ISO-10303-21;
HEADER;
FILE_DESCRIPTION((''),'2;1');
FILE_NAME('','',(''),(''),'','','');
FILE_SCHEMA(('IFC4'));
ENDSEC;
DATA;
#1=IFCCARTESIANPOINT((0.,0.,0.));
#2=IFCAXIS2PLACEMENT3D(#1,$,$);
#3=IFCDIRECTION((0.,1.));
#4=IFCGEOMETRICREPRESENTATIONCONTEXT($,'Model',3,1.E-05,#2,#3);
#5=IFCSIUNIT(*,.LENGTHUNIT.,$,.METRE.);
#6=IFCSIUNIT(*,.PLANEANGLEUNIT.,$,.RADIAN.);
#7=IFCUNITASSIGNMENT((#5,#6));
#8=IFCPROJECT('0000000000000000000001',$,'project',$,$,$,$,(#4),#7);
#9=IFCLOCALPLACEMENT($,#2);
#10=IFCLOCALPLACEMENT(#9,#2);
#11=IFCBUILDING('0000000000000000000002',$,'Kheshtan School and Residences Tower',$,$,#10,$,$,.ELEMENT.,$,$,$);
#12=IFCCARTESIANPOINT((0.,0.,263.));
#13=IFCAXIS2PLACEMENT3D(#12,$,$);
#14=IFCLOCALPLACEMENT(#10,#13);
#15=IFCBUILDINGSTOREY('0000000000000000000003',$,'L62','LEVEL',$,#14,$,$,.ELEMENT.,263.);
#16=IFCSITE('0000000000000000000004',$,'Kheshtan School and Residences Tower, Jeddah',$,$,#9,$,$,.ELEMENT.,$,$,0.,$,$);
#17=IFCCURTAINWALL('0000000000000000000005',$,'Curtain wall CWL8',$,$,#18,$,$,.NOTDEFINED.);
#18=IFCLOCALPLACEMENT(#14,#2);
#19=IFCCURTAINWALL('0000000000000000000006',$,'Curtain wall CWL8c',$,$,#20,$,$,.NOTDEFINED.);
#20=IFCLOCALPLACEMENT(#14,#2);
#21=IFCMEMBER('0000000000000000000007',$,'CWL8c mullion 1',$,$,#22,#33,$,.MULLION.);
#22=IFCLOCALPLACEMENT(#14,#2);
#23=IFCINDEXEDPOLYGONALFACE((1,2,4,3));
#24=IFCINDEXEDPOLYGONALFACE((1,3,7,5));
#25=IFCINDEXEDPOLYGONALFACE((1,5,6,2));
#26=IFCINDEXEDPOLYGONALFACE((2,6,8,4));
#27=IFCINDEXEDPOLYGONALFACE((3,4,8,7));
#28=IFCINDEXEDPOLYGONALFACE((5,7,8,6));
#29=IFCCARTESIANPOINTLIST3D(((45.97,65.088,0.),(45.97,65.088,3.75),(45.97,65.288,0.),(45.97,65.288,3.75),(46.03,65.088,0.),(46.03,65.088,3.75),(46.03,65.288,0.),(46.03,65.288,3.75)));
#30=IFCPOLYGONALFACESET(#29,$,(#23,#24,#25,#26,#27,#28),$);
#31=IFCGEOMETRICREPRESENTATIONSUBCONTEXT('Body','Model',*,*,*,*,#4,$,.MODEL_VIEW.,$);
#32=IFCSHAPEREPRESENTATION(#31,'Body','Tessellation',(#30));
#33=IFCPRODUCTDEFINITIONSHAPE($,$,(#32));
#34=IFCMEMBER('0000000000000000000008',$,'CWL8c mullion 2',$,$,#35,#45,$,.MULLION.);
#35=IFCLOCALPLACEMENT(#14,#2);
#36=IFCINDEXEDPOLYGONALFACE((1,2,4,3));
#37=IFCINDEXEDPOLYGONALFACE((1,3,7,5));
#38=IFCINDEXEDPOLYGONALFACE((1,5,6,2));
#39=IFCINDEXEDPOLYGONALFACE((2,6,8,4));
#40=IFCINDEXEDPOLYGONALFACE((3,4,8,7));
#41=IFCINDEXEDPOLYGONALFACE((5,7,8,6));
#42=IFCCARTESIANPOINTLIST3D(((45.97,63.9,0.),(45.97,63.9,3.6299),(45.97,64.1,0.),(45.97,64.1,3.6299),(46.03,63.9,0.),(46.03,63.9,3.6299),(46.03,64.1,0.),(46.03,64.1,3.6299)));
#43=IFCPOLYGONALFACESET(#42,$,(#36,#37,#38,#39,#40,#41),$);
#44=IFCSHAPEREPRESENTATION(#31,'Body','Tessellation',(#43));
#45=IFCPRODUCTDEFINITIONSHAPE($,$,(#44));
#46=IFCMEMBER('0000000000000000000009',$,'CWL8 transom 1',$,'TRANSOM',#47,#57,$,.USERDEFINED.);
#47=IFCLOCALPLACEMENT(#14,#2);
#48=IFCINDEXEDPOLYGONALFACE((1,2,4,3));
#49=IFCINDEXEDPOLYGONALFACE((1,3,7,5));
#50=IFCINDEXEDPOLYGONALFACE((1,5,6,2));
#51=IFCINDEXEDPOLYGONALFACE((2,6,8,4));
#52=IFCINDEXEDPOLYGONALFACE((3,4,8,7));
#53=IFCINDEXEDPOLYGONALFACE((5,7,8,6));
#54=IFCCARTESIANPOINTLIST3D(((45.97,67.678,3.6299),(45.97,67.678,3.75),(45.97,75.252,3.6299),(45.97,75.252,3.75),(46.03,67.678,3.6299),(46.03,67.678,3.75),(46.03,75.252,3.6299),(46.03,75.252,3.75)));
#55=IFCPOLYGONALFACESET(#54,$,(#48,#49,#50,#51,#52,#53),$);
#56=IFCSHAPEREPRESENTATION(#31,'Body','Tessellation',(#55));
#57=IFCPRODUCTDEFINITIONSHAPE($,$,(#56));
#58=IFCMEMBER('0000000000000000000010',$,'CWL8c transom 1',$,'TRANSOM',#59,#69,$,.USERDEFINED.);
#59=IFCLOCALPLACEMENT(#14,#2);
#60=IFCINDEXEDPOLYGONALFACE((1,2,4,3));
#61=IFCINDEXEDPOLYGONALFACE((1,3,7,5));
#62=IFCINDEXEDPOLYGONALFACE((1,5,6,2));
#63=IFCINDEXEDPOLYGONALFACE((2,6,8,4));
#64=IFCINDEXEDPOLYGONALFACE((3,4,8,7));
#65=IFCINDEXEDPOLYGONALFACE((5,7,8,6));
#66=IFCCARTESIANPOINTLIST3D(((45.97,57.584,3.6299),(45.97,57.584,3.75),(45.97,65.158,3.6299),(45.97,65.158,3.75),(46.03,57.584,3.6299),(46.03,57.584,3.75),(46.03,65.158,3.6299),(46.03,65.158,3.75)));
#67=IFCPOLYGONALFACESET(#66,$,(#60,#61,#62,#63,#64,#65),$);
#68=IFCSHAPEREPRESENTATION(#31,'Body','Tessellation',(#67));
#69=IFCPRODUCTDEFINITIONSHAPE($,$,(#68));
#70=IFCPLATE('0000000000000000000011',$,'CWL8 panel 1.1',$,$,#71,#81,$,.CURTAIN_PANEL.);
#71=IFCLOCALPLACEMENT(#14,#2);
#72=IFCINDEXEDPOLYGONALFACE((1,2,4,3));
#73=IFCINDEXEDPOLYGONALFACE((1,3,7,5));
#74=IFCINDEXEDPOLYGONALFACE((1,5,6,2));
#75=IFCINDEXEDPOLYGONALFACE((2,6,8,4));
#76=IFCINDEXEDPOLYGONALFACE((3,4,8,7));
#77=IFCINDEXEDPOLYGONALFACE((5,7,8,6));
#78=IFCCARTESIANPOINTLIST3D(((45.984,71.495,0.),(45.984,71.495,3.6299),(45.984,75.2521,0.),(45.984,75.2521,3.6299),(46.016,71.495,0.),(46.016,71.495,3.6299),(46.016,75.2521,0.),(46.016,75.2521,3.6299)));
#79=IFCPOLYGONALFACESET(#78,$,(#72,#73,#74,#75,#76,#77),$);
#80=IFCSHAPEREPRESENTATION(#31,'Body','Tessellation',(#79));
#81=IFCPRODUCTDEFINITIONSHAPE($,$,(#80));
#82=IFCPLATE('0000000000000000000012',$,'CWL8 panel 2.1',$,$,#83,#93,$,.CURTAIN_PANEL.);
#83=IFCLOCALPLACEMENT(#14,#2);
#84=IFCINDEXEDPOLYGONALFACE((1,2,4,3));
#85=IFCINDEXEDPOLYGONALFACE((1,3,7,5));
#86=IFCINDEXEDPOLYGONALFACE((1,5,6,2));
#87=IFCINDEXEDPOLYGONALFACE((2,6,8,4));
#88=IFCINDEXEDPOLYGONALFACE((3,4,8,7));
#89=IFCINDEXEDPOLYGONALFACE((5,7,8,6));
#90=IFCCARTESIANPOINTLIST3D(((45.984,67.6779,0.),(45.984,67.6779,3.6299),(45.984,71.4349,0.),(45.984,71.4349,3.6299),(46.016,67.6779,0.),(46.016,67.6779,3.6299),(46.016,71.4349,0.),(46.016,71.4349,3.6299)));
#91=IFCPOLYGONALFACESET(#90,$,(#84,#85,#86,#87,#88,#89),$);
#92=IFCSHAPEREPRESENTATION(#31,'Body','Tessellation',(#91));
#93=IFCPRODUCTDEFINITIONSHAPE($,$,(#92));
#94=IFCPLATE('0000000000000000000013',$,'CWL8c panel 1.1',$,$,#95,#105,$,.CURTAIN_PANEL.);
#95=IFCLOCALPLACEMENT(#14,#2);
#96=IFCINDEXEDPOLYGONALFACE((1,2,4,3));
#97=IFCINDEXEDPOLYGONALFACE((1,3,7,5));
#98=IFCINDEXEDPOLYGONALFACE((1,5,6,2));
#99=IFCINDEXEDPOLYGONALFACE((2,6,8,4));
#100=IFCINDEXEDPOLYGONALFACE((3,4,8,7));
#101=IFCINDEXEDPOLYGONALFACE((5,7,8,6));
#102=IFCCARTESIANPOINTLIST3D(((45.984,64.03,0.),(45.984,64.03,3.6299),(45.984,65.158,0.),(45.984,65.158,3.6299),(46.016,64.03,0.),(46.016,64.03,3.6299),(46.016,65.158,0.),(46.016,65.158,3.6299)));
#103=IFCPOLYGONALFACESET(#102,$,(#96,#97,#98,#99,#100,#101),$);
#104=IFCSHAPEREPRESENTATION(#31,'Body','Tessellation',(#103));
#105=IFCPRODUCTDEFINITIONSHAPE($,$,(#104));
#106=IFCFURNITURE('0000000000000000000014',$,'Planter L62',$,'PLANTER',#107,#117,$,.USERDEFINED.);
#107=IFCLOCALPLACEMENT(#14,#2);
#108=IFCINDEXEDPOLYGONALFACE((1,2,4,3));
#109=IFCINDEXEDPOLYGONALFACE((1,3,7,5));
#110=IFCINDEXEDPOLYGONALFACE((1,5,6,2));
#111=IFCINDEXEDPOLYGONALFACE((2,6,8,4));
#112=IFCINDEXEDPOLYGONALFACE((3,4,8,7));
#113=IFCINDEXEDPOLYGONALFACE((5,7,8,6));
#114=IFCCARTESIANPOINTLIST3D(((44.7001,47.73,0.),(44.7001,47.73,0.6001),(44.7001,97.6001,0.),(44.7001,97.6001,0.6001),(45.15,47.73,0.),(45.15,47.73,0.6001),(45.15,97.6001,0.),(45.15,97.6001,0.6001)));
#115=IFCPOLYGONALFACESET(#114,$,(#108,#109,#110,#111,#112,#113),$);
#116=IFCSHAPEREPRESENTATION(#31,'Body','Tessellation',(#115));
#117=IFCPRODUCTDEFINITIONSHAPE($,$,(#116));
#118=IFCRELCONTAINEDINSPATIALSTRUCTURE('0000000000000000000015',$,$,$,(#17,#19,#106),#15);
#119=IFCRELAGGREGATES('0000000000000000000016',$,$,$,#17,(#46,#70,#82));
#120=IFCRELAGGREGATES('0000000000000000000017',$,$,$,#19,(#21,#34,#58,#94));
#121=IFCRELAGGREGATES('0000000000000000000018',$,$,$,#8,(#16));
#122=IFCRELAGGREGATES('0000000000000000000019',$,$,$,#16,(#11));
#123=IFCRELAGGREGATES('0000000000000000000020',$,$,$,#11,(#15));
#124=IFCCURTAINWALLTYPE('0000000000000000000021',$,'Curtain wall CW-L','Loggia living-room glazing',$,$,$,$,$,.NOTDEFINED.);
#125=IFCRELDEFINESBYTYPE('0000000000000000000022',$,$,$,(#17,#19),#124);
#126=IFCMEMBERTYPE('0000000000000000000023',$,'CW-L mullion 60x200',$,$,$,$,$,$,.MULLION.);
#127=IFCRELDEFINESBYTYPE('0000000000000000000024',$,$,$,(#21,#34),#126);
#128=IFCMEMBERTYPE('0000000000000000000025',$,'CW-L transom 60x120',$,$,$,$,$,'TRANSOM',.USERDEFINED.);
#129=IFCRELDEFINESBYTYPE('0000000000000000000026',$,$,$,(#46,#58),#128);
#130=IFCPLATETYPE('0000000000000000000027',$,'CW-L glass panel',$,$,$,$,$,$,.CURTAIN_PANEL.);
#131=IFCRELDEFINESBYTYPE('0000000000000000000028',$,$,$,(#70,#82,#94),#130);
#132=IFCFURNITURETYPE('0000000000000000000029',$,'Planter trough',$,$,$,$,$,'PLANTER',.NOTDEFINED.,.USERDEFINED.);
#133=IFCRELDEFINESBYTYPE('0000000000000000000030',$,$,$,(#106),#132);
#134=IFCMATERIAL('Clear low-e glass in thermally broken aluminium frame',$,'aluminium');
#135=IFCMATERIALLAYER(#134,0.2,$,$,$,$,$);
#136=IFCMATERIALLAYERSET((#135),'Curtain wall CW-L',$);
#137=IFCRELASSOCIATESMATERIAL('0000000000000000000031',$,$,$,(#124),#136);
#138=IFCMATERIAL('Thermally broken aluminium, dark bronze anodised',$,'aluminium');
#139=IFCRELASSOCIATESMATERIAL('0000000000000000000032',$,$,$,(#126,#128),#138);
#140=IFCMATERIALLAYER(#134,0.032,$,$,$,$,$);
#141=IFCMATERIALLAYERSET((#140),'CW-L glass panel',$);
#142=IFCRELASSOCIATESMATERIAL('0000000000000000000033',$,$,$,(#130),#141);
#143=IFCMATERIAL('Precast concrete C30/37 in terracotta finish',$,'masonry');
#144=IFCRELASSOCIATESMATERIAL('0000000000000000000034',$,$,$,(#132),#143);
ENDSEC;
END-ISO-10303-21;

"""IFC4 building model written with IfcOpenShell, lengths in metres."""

from ifc_helpers import new_model, si_unit, direction, frame, origin, origin_2d, place, context, subcontext, project, spatial, rectangle, extrude, material, layer, layer_set, material_profile, profile_set, type_object, element, aggregate, save


model = new_model("IFC4")

# Units and contexts
model_context = context("Model", 3, precision=1e-05, world=origin(), true_north=direction((0.0, 1.0)))
body_context = subcontext(model_context, "Body", "Model", "MODEL_VIEW")
ifc_project = project(units=[si_unit("LENGTHUNIT", "METRE"), si_unit("PLANEANGLEUNIT", "RADIAN")], contexts=[model_context])

# Site, building, storey
site_placement = place(None, origin())
site = spatial("IfcSite", under=ifc_project, at=site_placement, Name="Kheshtan School and Residences Tower, Jeddah", CompositionType="ELEMENT", RefElevation=0.0)
building_placement = place(site_placement, origin())
building = spatial("IfcBuilding", under=site, at=building_placement, Name="Kheshtan School and Residences Tower", CompositionType="ELEMENT")
storey_placement = place(building_placement, frame((0.0, 0.0, 263.0)))
storey = spatial("IfcBuildingStorey", under=building, at=storey_placement, Name="L62", Description="LEVEL", CompositionType="ELEMENT", Elevation=263.0)

# Shared definitions
ifc_material_1 = material(Name="Clear low-e glass in thermally broken aluminium frame", Category="aluminium")
ifc_layer_1 = layer(ifc_material_1, 0.2)
ifc_layer_set_1 = layer_set([ifc_layer_1], Name="Curtain wall CW-L")
curtain_wall_type = type_object("IfcCurtainWallType", Name="Curtain wall CW-L", Description="Loggia living-room glazing", PredefinedType="NOTDEFINED", material=ifc_layer_set_1)
ifc_material_2 = material(Name="Thermally broken aluminium, dark bronze anodised", Category="aluminium")
ifc_material_profile_1 = material_profile(ifc_material_2, rectangle(XDim=0.0601, YDim=0.2, at=origin_2d()), Name="CW-L mullion 60x200")
ifc_profile_set_1 = profile_set([ifc_material_profile_1], Name="Thermally broken aluminium, dark bronze anodised")
member_type_1 = type_object("IfcMemberType", Name="CW-L mullion 60x200", PredefinedType="MULLION", material=ifc_profile_set_1)

# Curtain walls, members
curtain_wall_1_placement = place(storey_placement, origin())
curtain_wall_1 = element("IfcCurtainWall", 1, at=curtain_wall_1_placement, inside=storey, type_object=curtain_wall_type, Name="Curtain wall CWL8", PredefinedType="NOTDEFINED")
curtain_wall_2_placement = place(storey_placement, origin())
curtain_wall_2 = element("IfcCurtainWall", 2, at=curtain_wall_2_placement, inside=storey, type_object=curtain_wall_type, Name="Curtain wall CWL8c", PredefinedType="NOTDEFINED")
member_1_placement = place(storey_placement, frame((46.0, 65.188, 0.0), z_axis=(0.0, 0.0, 1.0), x_axis=(1.0, 0.0, 0.0)))
member_1 = element("IfcMember", 3, at=member_1_placement, type_object=member_type_1, Name="CWL8c mullion 1", PredefinedType="MULLION", context=body_context, shape_type="SweptSolid", body=[
    extrude(rectangle(XDim=0.0601, YDim=0.2, at=origin_2d()), origin(), (0.0, 0.0, 1.0), 3.75),
])
member_2_placement = place(storey_placement, frame((46.0, 64.0, 0.0), z_axis=(0.0, 0.0, 1.0), x_axis=(1.0, 0.0, 0.0)))
member_2 = element("IfcMember", 4, at=member_2_placement, type_object=member_type_1, Name="CWL8c mullion 2", PredefinedType="MULLION", context=body_context, shape_type="SweptSolid", body=[
    extrude(rectangle(XDim=0.0601, YDim=0.2, at=origin_2d()), origin(), (0.0, 0.0, 1.0), 3.6299),
])

# Members
ifc_material_profile_2 = material_profile(ifc_material_2, rectangle(XDim=0.0601, YDim=0.1201, at=origin_2d()), Name="CW-L transom 60x120")
ifc_profile_set_2 = profile_set([ifc_material_profile_2], Name="Thermally broken aluminium, dark bronze anodised")
member_type_2 = type_object("IfcMemberType", Name="CW-L transom 60x120", ElementType="TRANSOM", PredefinedType="USERDEFINED", material=ifc_profile_set_2)
member_3_placement = place(storey_placement, frame((46.0, 75.252, 3.6899), z_axis=(0.0, -1.0, 0.0), x_axis=(1.0, 0.0, 0.0)))
member_3 = element("IfcMember", 5, at=member_3_placement, type_object=member_type_2, Name="CWL8 transom 1", ObjectType="TRANSOM", PredefinedType="USERDEFINED", context=body_context, shape_type="SweptSolid", body=[
    extrude(rectangle(XDim=0.0601, YDim=0.1201, at=origin_2d()), origin(), (0.0, 0.0, 1.0), 7.574),
])
member_4_placement = place(storey_placement, frame((46.0, 65.158, 3.6899), z_axis=(0.0, -1.0, 0.0), x_axis=(1.0, 0.0, 0.0)))
member_4 = element("IfcMember", 6, at=member_4_placement, type_object=member_type_2, Name="CWL8c transom 1", ObjectType="TRANSOM", PredefinedType="USERDEFINED", context=body_context, shape_type="SweptSolid", body=[
    extrude(rectangle(XDim=0.0601, YDim=0.1201, at=origin_2d()), origin(), (0.0, 0.0, 1.0), 7.574),
])

# Plates
ifc_layer_2 = layer(ifc_material_1, 0.032)
ifc_layer_set_2 = layer_set([ifc_layer_2], Name="CW-L glass panel")
plate_type = type_object("IfcPlateType", Name="CW-L glass panel", PredefinedType="CURTAIN_PANEL", material=ifc_layer_set_2)
plate_1_placement = place(storey_placement, frame((46.0, 73.3735, 0.0), z_axis=(0.0, 0.0, 1.0), x_axis=(0.0, -1.0, 0.0)))
plate_1 = element("IfcPlate", 7, at=plate_1_placement, type_object=plate_type, Name="CWL8 panel 1.1", PredefinedType="CURTAIN_PANEL", context=body_context, shape_type="SweptSolid", body=[
    extrude(rectangle(XDim=3.7571, YDim=0.032, at=origin_2d()), origin(), (0.0, 0.0, 1.0), 3.6299),
])
plate_2_placement = place(storey_placement, frame((46.0, 69.5564, 0.0), z_axis=(0.0, 0.0, 1.0), x_axis=(0.0, -1.0, 0.0)))
plate_2 = element("IfcPlate", 8, at=plate_2_placement, type_object=plate_type, Name="CWL8 panel 2.1", PredefinedType="CURTAIN_PANEL", context=body_context, shape_type="SweptSolid", body=[
    extrude(rectangle(XDim=3.7571, YDim=0.032, at=origin_2d()), origin(), (0.0, 0.0, 1.0), 3.6299),
])
aggregate(curtain_wall_1, [member_3, plate_1, plate_2])
plate_3_placement = place(storey_placement, frame((46.0, 64.594, 0.0), z_axis=(0.0, 0.0, 1.0), x_axis=(0.0, -1.0, 0.0)))
plate_3 = element("IfcPlate", 9, at=plate_3_placement, type_object=plate_type, Name="CWL8c panel 1.1", PredefinedType="CURTAIN_PANEL", context=body_context, shape_type="SweptSolid", body=[
    extrude(rectangle(XDim=1.1279, YDim=0.032, at=origin_2d()), origin(), (0.0, 0.0, 1.0), 3.6299),
])
aggregate(curtain_wall_2, [member_1, member_2, member_4, plate_3])

# Furniture
ifc_material_3 = material(Name="Precast concrete C30/37 in terracotta finish", Category="masonry")
furniture_type = type_object("IfcFurnitureType", Name="Planter trough", ElementType="PLANTER", AssemblyPlace="NOTDEFINED", PredefinedType="USERDEFINED", material=ifc_material_3)
furniture_placement = place(storey_placement, frame((44.925, 72.665, 0.0), z_axis=(0.0, 0.0, 1.0), x_axis=(0.0, -1.0, 0.0)))
element("IfcFurniture", 10, at=furniture_placement, inside=storey, type_object=furniture_type, Name="Planter L62", ObjectType="PLANTER", PredefinedType="USERDEFINED", context=body_context, shape_type="SweptSolid", body=[
    extrude(rectangle(XDim=49.8701, YDim=0.45, at=origin_2d()), origin(), (0.0, 0.0, 1.0), 0.6001),
])

save(model, "model.ifc")
